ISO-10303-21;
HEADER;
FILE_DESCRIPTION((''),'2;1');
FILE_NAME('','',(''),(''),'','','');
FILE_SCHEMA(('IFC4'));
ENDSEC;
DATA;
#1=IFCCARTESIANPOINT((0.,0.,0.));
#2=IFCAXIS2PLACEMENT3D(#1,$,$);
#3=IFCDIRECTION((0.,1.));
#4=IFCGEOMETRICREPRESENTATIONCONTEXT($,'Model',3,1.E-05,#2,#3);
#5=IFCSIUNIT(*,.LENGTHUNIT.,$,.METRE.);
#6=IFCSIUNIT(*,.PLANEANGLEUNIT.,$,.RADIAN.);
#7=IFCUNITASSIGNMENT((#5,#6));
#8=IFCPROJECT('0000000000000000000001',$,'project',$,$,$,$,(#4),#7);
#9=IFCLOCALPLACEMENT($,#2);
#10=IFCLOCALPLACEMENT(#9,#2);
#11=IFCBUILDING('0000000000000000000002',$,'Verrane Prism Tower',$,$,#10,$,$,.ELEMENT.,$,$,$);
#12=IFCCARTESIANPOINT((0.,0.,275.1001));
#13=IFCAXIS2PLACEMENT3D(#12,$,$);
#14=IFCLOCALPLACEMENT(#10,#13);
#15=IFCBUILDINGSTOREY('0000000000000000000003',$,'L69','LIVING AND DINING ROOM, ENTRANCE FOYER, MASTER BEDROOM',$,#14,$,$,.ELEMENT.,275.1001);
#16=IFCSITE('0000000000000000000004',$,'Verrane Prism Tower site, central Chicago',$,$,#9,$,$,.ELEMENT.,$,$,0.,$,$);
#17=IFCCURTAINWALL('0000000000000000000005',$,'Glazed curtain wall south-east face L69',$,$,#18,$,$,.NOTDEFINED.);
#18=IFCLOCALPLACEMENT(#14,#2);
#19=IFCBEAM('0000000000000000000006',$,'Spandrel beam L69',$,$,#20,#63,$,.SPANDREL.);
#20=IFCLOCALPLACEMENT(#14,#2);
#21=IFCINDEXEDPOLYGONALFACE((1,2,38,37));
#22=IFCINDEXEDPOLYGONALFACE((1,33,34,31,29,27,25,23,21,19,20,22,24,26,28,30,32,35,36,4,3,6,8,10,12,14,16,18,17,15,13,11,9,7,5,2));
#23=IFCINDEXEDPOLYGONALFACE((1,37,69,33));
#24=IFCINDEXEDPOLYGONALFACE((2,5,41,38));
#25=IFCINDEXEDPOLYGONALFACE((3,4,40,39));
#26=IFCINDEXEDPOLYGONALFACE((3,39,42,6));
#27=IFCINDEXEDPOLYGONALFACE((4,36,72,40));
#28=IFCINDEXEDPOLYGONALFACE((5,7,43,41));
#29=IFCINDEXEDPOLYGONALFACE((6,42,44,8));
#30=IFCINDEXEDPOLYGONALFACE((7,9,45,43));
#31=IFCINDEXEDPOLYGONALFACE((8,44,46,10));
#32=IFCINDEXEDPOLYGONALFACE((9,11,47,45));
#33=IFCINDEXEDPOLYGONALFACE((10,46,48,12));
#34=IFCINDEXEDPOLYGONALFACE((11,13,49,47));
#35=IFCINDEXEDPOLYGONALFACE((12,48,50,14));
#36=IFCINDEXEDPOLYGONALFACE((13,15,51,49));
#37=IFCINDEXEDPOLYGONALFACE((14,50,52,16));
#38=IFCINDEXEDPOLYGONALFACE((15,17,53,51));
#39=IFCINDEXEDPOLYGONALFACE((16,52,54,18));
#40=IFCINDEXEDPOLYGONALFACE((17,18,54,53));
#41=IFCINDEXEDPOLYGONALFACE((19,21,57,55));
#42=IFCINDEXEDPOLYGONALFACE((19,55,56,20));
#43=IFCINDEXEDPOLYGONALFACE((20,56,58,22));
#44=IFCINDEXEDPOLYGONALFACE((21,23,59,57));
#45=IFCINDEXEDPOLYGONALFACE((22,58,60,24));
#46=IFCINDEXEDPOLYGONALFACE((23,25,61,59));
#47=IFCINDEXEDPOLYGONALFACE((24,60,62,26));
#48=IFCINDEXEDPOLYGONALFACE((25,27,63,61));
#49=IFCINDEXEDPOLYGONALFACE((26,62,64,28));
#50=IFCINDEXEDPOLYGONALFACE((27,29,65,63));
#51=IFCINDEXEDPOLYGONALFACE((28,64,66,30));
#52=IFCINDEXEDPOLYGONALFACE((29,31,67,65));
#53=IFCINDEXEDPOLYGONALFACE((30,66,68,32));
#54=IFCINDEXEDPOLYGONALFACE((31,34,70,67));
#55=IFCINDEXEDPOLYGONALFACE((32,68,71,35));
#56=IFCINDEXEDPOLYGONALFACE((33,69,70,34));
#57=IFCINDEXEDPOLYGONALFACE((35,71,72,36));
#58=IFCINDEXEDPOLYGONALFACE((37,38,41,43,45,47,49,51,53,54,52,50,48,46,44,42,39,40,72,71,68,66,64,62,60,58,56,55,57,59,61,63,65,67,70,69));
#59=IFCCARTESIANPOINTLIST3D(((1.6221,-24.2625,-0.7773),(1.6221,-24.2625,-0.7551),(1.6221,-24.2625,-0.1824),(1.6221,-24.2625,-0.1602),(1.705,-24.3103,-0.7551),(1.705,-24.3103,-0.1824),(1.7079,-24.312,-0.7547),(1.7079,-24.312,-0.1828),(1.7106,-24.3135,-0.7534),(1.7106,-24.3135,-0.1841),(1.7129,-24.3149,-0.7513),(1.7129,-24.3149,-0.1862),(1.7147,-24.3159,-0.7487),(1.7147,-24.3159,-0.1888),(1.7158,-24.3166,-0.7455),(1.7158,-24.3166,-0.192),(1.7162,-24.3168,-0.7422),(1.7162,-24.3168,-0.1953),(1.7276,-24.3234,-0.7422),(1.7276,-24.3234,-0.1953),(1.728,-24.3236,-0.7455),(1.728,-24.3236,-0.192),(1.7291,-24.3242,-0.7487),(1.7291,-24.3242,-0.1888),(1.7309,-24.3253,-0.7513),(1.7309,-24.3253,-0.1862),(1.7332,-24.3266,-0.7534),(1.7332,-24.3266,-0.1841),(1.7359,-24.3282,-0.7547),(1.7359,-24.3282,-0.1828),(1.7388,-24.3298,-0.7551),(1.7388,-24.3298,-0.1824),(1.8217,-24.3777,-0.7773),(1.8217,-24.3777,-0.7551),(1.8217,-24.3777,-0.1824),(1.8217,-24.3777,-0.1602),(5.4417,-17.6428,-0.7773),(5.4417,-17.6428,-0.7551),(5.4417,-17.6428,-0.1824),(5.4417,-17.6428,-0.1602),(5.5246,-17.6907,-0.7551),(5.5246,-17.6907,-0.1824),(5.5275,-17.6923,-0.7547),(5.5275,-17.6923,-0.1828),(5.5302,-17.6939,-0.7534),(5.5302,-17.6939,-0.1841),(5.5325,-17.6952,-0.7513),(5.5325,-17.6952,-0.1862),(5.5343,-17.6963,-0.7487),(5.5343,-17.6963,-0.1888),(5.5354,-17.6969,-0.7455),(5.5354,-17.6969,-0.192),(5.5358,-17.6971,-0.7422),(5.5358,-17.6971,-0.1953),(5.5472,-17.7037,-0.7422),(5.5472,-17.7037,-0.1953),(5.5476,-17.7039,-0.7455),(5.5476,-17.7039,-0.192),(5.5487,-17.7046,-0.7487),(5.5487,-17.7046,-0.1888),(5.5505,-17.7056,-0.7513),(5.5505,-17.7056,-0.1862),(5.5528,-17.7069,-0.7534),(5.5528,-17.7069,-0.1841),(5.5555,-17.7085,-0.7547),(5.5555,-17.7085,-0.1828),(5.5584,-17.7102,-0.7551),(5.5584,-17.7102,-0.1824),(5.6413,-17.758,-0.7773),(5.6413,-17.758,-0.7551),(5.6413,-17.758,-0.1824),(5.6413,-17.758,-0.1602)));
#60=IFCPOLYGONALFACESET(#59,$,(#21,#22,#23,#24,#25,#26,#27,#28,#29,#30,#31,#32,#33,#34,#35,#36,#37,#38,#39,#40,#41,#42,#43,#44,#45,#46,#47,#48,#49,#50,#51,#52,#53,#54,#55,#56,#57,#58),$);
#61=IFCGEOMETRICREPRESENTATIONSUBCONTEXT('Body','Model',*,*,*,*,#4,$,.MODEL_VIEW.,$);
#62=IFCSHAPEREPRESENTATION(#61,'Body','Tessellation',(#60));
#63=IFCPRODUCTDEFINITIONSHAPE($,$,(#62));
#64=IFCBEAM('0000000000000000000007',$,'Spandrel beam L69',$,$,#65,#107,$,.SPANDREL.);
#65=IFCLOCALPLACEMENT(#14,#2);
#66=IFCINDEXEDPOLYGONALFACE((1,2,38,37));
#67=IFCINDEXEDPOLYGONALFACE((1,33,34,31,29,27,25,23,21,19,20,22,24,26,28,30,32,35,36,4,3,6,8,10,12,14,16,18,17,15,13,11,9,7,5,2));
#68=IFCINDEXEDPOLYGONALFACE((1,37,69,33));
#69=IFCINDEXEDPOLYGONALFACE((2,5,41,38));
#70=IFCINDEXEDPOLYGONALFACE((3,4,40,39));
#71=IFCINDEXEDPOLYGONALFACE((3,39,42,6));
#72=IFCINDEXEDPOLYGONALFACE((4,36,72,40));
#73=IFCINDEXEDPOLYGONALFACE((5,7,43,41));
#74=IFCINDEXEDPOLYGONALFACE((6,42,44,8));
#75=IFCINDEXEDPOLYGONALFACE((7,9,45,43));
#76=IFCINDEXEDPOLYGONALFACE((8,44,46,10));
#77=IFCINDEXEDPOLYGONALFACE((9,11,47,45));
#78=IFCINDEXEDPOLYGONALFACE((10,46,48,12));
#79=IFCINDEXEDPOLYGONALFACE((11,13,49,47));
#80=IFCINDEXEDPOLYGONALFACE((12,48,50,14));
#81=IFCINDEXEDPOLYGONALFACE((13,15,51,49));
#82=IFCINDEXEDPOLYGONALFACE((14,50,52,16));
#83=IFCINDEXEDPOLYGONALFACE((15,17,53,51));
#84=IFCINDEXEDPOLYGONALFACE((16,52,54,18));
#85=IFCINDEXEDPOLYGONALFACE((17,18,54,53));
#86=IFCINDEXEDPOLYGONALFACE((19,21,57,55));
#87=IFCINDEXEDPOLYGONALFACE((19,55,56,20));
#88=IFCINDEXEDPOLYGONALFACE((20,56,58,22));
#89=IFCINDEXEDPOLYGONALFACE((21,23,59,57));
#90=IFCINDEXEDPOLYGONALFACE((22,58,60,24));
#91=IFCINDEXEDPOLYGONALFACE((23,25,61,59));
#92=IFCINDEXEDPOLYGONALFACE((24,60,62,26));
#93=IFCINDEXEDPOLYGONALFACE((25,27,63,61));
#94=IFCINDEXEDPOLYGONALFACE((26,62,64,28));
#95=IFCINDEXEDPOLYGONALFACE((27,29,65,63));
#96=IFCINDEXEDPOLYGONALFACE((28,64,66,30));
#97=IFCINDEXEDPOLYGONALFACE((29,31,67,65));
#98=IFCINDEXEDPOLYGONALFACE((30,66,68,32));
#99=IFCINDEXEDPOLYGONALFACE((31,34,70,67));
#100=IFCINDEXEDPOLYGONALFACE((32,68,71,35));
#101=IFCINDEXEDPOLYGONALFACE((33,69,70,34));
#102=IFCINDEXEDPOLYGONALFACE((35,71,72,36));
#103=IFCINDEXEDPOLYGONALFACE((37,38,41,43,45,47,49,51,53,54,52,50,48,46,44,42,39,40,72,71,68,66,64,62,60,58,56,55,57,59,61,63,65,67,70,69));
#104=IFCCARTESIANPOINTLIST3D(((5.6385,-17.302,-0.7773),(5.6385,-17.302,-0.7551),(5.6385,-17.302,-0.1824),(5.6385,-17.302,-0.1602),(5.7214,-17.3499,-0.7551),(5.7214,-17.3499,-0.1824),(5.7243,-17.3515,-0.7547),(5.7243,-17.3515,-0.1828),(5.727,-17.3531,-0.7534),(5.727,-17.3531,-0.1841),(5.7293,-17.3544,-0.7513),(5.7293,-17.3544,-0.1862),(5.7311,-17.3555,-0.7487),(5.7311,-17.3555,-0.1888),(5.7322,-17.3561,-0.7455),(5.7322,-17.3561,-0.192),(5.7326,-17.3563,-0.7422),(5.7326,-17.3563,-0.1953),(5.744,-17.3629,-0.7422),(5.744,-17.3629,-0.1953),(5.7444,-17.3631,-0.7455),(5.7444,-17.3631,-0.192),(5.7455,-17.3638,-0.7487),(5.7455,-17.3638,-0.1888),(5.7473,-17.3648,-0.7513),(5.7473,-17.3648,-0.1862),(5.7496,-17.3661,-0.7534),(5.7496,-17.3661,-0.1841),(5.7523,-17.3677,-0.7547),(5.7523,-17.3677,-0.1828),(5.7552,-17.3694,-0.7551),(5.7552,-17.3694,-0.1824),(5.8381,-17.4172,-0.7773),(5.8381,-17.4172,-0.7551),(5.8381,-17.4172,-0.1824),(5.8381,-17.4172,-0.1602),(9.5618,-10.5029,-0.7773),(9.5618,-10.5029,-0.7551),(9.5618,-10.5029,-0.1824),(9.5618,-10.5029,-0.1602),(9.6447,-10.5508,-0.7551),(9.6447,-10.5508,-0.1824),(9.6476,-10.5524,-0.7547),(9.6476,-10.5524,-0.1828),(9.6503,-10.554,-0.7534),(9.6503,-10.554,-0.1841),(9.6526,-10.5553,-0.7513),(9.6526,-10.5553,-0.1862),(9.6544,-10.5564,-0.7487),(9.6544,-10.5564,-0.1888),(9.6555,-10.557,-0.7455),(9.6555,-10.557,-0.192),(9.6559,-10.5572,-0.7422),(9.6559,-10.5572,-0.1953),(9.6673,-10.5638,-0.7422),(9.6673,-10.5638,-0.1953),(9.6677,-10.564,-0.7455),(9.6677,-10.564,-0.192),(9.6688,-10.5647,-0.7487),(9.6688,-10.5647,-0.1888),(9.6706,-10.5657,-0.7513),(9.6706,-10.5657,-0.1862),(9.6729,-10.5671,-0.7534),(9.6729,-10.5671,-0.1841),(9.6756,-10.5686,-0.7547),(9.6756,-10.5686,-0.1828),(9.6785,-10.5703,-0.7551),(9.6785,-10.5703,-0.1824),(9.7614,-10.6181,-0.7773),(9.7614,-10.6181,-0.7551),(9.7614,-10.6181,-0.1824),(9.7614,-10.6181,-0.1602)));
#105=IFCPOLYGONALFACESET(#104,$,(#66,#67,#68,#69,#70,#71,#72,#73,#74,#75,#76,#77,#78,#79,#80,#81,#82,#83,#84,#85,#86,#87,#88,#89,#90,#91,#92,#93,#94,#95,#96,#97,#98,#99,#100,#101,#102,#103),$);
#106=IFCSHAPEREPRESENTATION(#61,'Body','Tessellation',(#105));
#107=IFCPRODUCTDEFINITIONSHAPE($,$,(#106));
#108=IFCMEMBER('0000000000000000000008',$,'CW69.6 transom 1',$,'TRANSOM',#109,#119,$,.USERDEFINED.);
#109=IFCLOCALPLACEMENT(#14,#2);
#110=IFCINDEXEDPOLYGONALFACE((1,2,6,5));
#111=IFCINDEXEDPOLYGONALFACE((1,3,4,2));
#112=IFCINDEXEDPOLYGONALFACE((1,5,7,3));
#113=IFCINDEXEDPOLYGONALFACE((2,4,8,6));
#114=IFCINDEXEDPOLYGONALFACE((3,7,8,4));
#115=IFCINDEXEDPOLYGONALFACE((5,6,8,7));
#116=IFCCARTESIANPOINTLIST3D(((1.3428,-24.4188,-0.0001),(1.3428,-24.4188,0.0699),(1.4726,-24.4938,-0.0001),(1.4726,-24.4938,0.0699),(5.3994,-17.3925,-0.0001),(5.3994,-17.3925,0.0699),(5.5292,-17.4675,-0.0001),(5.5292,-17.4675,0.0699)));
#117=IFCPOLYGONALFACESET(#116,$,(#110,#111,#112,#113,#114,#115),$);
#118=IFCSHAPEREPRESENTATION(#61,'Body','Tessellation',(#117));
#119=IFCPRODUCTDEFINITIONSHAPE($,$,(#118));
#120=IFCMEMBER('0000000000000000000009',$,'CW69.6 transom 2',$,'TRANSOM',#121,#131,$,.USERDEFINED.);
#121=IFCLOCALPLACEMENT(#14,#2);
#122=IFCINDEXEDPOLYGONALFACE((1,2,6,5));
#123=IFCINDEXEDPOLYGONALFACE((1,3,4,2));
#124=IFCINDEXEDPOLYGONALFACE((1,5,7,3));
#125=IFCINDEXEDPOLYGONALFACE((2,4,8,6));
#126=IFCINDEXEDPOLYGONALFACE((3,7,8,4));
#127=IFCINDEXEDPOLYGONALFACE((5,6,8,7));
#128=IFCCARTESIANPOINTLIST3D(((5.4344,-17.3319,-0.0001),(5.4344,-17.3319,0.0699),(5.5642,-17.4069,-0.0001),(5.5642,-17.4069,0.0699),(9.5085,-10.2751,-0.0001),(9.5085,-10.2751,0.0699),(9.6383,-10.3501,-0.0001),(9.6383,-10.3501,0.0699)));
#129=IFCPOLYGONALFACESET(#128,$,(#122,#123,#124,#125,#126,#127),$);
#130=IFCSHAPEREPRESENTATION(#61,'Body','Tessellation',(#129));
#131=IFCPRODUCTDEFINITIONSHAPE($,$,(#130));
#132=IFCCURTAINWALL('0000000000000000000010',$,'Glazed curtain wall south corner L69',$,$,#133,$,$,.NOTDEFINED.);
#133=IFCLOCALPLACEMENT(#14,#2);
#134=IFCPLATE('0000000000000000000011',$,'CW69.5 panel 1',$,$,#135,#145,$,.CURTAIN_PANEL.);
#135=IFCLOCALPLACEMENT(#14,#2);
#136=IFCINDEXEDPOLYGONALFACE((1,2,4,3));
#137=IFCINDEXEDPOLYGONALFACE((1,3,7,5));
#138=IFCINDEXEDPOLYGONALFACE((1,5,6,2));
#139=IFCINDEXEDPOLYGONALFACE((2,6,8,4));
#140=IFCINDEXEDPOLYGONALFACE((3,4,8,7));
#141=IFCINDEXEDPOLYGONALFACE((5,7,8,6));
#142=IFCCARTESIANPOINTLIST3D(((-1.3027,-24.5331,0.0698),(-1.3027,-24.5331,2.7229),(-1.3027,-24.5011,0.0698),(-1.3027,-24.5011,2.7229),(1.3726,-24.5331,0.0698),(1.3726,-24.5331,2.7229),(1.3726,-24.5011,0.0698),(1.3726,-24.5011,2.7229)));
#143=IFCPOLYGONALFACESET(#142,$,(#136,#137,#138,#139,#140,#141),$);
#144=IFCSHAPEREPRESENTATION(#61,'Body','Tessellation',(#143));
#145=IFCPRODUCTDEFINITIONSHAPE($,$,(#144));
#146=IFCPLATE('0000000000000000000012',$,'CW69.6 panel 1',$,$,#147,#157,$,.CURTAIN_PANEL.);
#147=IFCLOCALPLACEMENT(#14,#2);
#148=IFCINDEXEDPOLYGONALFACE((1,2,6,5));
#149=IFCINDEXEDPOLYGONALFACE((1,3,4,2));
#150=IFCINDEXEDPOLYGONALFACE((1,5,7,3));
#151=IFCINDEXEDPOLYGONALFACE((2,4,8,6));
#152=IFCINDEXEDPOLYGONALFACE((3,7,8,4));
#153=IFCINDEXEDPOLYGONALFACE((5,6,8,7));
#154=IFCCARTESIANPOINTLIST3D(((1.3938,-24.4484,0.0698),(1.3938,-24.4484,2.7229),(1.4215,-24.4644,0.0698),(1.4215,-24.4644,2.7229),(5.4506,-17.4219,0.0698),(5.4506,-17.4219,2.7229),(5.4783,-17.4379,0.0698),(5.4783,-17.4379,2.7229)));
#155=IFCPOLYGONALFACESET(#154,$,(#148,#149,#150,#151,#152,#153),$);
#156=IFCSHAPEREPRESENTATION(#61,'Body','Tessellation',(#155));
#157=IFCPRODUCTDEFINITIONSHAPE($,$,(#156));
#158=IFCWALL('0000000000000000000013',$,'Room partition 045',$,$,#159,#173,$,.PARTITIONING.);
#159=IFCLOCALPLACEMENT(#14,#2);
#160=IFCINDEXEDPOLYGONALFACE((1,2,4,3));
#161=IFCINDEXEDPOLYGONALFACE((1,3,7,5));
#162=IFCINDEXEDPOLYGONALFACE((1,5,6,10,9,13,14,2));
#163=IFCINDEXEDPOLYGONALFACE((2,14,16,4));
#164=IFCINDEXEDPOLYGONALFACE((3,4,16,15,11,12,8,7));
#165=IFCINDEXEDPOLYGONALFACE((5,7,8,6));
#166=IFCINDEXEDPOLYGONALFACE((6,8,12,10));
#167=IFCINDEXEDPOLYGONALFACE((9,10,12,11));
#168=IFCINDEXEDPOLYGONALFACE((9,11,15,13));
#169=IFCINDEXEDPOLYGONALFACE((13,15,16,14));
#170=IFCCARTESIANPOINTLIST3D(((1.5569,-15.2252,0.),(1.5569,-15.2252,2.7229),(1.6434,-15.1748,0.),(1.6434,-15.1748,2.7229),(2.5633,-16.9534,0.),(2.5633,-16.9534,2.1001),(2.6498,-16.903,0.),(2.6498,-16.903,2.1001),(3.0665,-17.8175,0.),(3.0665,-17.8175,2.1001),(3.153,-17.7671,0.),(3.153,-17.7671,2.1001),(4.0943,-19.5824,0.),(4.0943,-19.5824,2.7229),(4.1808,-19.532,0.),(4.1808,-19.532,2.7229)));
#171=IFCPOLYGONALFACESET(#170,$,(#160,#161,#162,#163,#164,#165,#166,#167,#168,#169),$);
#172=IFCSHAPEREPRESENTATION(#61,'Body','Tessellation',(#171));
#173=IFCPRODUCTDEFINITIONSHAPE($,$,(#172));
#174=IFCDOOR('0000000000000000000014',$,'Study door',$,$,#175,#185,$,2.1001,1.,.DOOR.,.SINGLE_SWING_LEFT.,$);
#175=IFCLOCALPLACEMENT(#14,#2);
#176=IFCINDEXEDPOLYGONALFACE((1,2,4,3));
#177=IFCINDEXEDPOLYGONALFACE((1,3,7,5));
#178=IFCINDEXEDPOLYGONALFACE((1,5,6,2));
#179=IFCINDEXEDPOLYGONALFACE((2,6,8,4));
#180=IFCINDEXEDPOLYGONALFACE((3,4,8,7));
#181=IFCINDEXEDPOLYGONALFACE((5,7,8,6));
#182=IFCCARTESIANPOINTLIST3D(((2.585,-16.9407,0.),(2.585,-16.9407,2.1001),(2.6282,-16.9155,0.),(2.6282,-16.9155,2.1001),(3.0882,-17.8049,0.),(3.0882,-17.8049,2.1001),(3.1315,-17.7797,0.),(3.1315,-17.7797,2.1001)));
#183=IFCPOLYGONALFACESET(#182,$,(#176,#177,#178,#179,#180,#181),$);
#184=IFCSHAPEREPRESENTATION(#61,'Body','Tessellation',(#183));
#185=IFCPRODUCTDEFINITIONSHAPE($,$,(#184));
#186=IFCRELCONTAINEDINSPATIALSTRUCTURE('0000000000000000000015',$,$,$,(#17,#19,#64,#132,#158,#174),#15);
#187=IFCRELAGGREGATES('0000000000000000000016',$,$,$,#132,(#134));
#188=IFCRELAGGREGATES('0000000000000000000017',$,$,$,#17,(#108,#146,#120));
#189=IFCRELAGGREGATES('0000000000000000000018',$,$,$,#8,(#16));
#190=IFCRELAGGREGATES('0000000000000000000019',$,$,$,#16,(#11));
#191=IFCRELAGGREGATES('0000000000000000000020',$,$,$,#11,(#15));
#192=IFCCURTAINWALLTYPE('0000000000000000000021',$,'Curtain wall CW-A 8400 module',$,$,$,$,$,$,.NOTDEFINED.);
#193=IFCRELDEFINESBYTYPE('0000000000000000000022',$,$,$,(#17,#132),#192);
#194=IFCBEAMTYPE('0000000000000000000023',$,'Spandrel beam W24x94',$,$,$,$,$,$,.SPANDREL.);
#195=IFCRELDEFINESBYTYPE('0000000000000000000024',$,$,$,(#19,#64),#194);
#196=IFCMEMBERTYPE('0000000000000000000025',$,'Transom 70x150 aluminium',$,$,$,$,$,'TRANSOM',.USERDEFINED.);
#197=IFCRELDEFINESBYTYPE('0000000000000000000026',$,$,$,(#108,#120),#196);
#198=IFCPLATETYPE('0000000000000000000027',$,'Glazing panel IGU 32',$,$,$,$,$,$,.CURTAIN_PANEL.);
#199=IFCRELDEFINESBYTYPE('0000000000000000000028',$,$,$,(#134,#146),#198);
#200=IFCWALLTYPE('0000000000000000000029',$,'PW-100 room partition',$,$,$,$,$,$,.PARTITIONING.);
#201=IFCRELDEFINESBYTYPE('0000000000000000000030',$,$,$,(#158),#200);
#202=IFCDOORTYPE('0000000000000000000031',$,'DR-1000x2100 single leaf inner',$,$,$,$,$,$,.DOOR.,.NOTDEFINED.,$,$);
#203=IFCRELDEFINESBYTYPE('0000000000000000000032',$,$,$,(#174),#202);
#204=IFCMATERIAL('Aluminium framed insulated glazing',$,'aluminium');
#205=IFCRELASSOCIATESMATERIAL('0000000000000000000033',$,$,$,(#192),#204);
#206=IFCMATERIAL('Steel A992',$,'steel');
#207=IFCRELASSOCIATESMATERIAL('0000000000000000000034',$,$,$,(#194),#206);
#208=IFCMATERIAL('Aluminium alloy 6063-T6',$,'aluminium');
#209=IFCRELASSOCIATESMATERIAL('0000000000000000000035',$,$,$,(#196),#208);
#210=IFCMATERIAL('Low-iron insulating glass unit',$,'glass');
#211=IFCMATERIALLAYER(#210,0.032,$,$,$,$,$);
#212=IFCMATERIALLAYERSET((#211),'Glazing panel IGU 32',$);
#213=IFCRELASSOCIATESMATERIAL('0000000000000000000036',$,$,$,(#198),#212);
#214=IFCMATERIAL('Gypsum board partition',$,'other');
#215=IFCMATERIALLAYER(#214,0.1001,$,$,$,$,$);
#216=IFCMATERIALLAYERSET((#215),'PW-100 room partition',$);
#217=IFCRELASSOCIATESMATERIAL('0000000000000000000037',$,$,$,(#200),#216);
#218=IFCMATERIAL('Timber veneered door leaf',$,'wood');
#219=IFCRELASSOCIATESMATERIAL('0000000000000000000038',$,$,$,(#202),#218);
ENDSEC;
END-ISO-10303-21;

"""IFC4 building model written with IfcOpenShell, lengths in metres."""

from ifc_helpers import new_model, si_unit, direction, frame, frame_2d, origin, origin_2d, place, context, subcontext, project, spatial, rectangle, i_section, extrude, material, layer, layer_set, material_profile, profile_set, type_object, element, fill, aggregate, save


model = new_model("IFC4")

# Units and contexts
model_context = context("Model", 3, precision=1e-05, world=origin(), true_north=direction((0.0, 1.0)))
body_context = subcontext(model_context, "Body", "Model", "MODEL_VIEW")
ifc_project = project(units=[si_unit("LENGTHUNIT", "METRE"), si_unit("PLANEANGLEUNIT", "RADIAN")], contexts=[model_context])

# Site, building, storey
site_placement = place(None, origin())
site = spatial("IfcSite", under=ifc_project, at=site_placement, Name="Verrane Prism Tower site, central Chicago", CompositionType="ELEMENT", RefElevation=0.0)
building_placement = place(site_placement, origin())
building = spatial("IfcBuilding", under=site, at=building_placement, Name="Verrane Prism Tower", CompositionType="ELEMENT")
storey_placement = place(building_placement, frame((0.0, 0.0, 275.1001)))
storey = spatial("IfcBuildingStorey", under=building, at=storey_placement, Name="L69", Description="LIVING AND DINING ROOM, ENTRANCE FOYER, MASTER BEDROOM", CompositionType="ELEMENT", Elevation=275.1001)

# Curtain wall
ifc_material_1 = material(Name="Aluminium framed insulated glazing", Category="aluminium")
curtain_wall_type = type_object("IfcCurtainWallType", Name="Curtain wall CW-A 8400 module", PredefinedType="NOTDEFINED", material=ifc_material_1)
curtain_wall_1_placement = place(storey_placement, origin())
curtain_wall_1 = element("IfcCurtainWall", 1, at=curtain_wall_1_placement, inside=storey, type_object=curtain_wall_type, Name="Glazed curtain wall south-east face L69", PredefinedType="NOTDEFINED")

# Beams
ifc_material_2 = material(Name="Steel A992", Category="steel")
ifc_material_profile_1 = material_profile(ifc_material_2, i_section(OverallWidth=0.2305, OverallDepth=0.6172, WebThickness=0.0132, FlangeThickness=0.0222, FilletRadius=0.0129, at=origin_2d()), Name="W24x94")
ifc_profile_set_1 = profile_set([ifc_material_profile_1], Name="Steel A992")
beam_type_1 = type_object("IfcBeamType", Name="Spandrel beam W24x94", PredefinedType="SPANDREL", material=ifc_profile_set_1)
beam_1_placement = place(storey_placement, frame((1.7219, -24.3201, -0.4688), z_axis=(0.499778, 0.866154, 0.0), x_axis=(-0.866154, 0.499778, 0.0)))
element("IfcBeam", 2, at=beam_1_placement, inside=storey, type_object=beam_type_1, Name="Spandrel beam L69", PredefinedType="SPANDREL", context=body_context, shape_type="SweptSolid", body=[
    extrude(i_section(OverallWidth=0.2305, OverallDepth=0.6172, WebThickness=0.0132, FlangeThickness=0.0222, FilletRadius=0.0129, at=origin_2d()), origin(), (0.0, 0.0, 1.0), 7.6426),
])
beam_2_placement = place(storey_placement, frame((5.7383, -17.3596, -0.4688), z_axis=(0.499799, 0.866142, 0.0), x_axis=(-0.866142, 0.499799, 0.0)))
element("IfcBeam", 3, at=beam_2_placement, inside=storey, type_object=beam_type_1, Name="Spandrel beam L69", PredefinedType="SPANDREL", context=body_context, shape_type="SweptSolid", body=[
    extrude(i_section(OverallWidth=0.2305, OverallDepth=0.6172, WebThickness=0.0132, FlangeThickness=0.0222, FilletRadius=0.0129, at=origin_2d()), origin(), (0.0, 0.0, 1.0), 7.8499),
])

# Members
ifc_material_3 = material(Name="Aluminium alloy 6063-T6", Category="aluminium")
ifc_material_profile_2 = material_profile(ifc_material_3, rectangle(XDim=0.1499, YDim=0.0701, at=origin_2d()), Name="Transom 70x150 aluminium")
ifc_profile_set_2 = profile_set([ifc_material_profile_2], Name="Aluminium alloy 6063-T6")
member_type_1 = type_object("IfcMemberType", Name="Transom 70x150 aluminium", ElementType="TRANSOM", PredefinedType="USERDEFINED", material=ifc_profile_set_2)
member_1_placement = place(storey_placement, frame((1.4077, -24.4563, 0.0349), z_axis=(0.499997, 0.866027, 0.0), x_axis=(-0.866027, 0.499997, 0.0)))
member_1 = element("IfcMember", 4, at=member_1_placement, type_object=member_type_1, Name="CW69.6 transom 1", ObjectType="TRANSOM", PredefinedType="USERDEFINED", context=body_context, shape_type="SweptSolid", body=[
    extrude(rectangle(XDim=0.1499, YDim=0.0701, at=origin_2d()), origin(), (0.0, 0.0, 1.0), 8.1133),
])
member_2_placement = place(storey_placement, frame((5.4993, -17.3694, 0.0349), z_axis=(0.499993, 0.866029, 0.0), x_axis=(-0.866029, 0.499993, 0.0)))
member_2 = element("IfcMember", 5, at=member_2_placement, type_object=member_type_1, Name="CW69.6 transom 2", ObjectType="TRANSOM", PredefinedType="USERDEFINED", context=body_context, shape_type="SweptSolid", body=[
    extrude(rectangle(XDim=0.1499, YDim=0.0701, at=origin_2d()), origin(), (0.0, 0.0, 1.0), 8.1484),
])

# Curtain wall, plate
curtain_wall_2_placement = place(storey_placement, origin())
curtain_wall_2 = element("IfcCurtainWall", 6, at=curtain_wall_2_placement, inside=storey, type_object=curtain_wall_type, Name="Glazed curtain wall south corner L69", PredefinedType="NOTDEFINED")
ifc_material_4 = material(Name="Low-iron insulating glass unit", Category="glass")
ifc_layer_1 = layer(ifc_material_4, 0.032)
ifc_layer_set_1 = layer_set([ifc_layer_1], Name="Glazing panel IGU 32")
plate_type = type_object("IfcPlateType", Name="Glazing panel IGU 32", PredefinedType="CURTAIN_PANEL", material=ifc_layer_set_1)
plate_1_placement = place(storey_placement, frame((0.0349, -24.5171, 0.0698), z_axis=(0.0, 0.0, 1.0), x_axis=(1.0, 0.0, 0.0)))
plate_1 = element("IfcPlate", 7, at=plate_1_placement, type_object=plate_type, Name="CW69.5 panel 1", PredefinedType="CURTAIN_PANEL", context=body_context, shape_type="SweptSolid", body=[
    extrude(rectangle(XDim=2.6753, YDim=0.032, at=origin_2d()), origin(), (0.0, 0.0, 1.0), 2.6531),
])
aggregate(curtain_wall_2, [plate_1])

# Plate
plate_2_placement = place(storey_placement, frame((3.436, -20.9431, 0.0698), z_axis=(0.0, 0.0, 1.0), x_axis=(0.500001, 0.866025, 0.0)))
plate_2 = element("IfcPlate", 8, at=plate_2_placement, type_object=plate_type, Name="CW69.6 panel 1", PredefinedType="CURTAIN_PANEL", context=body_context, shape_type="SweptSolid", body=[
    extrude(rectangle(XDim=8.1135, YDim=0.032, at=origin_2d()), origin(), (0.0, 0.0, 1.0), 2.6531),
])
aggregate(curtain_wall_1, [member_1, plate_2, member_2])

# Wall, opening, door
ifc_material_5 = material(Name="Gypsum board partition", Category="other")
ifc_layer_2 = layer(ifc_material_5, 0.1001)
ifc_layer_set_2 = layer_set([ifc_layer_2], Name="PW-100 room partition")
wall_type_1 = type_object("IfcWallType", Name="PW-100 room partition", PredefinedType="PARTITIONING", material=ifc_layer_set_2)
wall_1_placement = place(storey_placement, frame((4.1375, -19.5571, 0.0), z_axis=(0.0, 0.0, 1.0), x_axis=(-0.50323, 0.864153, 0.0)))
wall_1 = element("IfcWall", 9, at=wall_1_placement, inside=storey, type_object=wall_type_1, Name="Room partition 045", PredefinedType="PARTITIONING", context=body_context, shape_type="SweptSolid", body=[
    extrude(rectangle(XDim=5.0422, YDim=0.1001, at=frame_2d((2.521, 0.0))), origin(), (0.0, 0.0, 1.0), 2.7229),
])
opening_1_placement = place(wall_1_placement, frame((2.0422, 0.0, 0.0)))
opening_1 = element("IfcOpeningElement", 10, at=opening_1_placement, cuts=wall_1, PredefinedType="OPENING", context=body_context, shape_type="SweptSolid", body=[
    extrude(rectangle(XDim=1.0, YDim=2.1001, at=frame_2d((0.5, 1.05))), frame((0.0, 0.0601, 0.0), z_axis=(0.0, -1.0, 0.0), x_axis=(1.0, 0.0, 0.0)), (0.0, 0.0, 1.0), 0.1201),
])
ifc_material_6 = material(Name="Timber veneered door leaf", Category="wood")
door_type_1 = type_object("IfcDoorType", Name="DR-1000x2100 single leaf inner", OperationType="NOTDEFINED", PredefinedType="DOOR", material=ifc_material_6)
door_1_placement = place(opening_1_placement, origin())
door_1 = element("IfcDoor", 11, at=door_1_placement, inside=storey, type_object=door_type_1, Name="Study door", OperationType="SINGLE_SWING_LEFT", OverallHeight=2.1001, OverallWidth=1.0, PredefinedType="DOOR", context=body_context, shape_type="SweptSolid", body=[
    extrude(rectangle(XDim=1.0, YDim=2.1001, at=frame_2d((0.5, 1.05))), frame((0.0, 0.0249, 0.0), z_axis=(0.0, -1.0, 0.0), x_axis=(1.0, 0.0, 0.0)), (0.0, 0.0, 1.0), 0.05),
])
fill(opening_1, door_1)

save(model, "model.ifc")
